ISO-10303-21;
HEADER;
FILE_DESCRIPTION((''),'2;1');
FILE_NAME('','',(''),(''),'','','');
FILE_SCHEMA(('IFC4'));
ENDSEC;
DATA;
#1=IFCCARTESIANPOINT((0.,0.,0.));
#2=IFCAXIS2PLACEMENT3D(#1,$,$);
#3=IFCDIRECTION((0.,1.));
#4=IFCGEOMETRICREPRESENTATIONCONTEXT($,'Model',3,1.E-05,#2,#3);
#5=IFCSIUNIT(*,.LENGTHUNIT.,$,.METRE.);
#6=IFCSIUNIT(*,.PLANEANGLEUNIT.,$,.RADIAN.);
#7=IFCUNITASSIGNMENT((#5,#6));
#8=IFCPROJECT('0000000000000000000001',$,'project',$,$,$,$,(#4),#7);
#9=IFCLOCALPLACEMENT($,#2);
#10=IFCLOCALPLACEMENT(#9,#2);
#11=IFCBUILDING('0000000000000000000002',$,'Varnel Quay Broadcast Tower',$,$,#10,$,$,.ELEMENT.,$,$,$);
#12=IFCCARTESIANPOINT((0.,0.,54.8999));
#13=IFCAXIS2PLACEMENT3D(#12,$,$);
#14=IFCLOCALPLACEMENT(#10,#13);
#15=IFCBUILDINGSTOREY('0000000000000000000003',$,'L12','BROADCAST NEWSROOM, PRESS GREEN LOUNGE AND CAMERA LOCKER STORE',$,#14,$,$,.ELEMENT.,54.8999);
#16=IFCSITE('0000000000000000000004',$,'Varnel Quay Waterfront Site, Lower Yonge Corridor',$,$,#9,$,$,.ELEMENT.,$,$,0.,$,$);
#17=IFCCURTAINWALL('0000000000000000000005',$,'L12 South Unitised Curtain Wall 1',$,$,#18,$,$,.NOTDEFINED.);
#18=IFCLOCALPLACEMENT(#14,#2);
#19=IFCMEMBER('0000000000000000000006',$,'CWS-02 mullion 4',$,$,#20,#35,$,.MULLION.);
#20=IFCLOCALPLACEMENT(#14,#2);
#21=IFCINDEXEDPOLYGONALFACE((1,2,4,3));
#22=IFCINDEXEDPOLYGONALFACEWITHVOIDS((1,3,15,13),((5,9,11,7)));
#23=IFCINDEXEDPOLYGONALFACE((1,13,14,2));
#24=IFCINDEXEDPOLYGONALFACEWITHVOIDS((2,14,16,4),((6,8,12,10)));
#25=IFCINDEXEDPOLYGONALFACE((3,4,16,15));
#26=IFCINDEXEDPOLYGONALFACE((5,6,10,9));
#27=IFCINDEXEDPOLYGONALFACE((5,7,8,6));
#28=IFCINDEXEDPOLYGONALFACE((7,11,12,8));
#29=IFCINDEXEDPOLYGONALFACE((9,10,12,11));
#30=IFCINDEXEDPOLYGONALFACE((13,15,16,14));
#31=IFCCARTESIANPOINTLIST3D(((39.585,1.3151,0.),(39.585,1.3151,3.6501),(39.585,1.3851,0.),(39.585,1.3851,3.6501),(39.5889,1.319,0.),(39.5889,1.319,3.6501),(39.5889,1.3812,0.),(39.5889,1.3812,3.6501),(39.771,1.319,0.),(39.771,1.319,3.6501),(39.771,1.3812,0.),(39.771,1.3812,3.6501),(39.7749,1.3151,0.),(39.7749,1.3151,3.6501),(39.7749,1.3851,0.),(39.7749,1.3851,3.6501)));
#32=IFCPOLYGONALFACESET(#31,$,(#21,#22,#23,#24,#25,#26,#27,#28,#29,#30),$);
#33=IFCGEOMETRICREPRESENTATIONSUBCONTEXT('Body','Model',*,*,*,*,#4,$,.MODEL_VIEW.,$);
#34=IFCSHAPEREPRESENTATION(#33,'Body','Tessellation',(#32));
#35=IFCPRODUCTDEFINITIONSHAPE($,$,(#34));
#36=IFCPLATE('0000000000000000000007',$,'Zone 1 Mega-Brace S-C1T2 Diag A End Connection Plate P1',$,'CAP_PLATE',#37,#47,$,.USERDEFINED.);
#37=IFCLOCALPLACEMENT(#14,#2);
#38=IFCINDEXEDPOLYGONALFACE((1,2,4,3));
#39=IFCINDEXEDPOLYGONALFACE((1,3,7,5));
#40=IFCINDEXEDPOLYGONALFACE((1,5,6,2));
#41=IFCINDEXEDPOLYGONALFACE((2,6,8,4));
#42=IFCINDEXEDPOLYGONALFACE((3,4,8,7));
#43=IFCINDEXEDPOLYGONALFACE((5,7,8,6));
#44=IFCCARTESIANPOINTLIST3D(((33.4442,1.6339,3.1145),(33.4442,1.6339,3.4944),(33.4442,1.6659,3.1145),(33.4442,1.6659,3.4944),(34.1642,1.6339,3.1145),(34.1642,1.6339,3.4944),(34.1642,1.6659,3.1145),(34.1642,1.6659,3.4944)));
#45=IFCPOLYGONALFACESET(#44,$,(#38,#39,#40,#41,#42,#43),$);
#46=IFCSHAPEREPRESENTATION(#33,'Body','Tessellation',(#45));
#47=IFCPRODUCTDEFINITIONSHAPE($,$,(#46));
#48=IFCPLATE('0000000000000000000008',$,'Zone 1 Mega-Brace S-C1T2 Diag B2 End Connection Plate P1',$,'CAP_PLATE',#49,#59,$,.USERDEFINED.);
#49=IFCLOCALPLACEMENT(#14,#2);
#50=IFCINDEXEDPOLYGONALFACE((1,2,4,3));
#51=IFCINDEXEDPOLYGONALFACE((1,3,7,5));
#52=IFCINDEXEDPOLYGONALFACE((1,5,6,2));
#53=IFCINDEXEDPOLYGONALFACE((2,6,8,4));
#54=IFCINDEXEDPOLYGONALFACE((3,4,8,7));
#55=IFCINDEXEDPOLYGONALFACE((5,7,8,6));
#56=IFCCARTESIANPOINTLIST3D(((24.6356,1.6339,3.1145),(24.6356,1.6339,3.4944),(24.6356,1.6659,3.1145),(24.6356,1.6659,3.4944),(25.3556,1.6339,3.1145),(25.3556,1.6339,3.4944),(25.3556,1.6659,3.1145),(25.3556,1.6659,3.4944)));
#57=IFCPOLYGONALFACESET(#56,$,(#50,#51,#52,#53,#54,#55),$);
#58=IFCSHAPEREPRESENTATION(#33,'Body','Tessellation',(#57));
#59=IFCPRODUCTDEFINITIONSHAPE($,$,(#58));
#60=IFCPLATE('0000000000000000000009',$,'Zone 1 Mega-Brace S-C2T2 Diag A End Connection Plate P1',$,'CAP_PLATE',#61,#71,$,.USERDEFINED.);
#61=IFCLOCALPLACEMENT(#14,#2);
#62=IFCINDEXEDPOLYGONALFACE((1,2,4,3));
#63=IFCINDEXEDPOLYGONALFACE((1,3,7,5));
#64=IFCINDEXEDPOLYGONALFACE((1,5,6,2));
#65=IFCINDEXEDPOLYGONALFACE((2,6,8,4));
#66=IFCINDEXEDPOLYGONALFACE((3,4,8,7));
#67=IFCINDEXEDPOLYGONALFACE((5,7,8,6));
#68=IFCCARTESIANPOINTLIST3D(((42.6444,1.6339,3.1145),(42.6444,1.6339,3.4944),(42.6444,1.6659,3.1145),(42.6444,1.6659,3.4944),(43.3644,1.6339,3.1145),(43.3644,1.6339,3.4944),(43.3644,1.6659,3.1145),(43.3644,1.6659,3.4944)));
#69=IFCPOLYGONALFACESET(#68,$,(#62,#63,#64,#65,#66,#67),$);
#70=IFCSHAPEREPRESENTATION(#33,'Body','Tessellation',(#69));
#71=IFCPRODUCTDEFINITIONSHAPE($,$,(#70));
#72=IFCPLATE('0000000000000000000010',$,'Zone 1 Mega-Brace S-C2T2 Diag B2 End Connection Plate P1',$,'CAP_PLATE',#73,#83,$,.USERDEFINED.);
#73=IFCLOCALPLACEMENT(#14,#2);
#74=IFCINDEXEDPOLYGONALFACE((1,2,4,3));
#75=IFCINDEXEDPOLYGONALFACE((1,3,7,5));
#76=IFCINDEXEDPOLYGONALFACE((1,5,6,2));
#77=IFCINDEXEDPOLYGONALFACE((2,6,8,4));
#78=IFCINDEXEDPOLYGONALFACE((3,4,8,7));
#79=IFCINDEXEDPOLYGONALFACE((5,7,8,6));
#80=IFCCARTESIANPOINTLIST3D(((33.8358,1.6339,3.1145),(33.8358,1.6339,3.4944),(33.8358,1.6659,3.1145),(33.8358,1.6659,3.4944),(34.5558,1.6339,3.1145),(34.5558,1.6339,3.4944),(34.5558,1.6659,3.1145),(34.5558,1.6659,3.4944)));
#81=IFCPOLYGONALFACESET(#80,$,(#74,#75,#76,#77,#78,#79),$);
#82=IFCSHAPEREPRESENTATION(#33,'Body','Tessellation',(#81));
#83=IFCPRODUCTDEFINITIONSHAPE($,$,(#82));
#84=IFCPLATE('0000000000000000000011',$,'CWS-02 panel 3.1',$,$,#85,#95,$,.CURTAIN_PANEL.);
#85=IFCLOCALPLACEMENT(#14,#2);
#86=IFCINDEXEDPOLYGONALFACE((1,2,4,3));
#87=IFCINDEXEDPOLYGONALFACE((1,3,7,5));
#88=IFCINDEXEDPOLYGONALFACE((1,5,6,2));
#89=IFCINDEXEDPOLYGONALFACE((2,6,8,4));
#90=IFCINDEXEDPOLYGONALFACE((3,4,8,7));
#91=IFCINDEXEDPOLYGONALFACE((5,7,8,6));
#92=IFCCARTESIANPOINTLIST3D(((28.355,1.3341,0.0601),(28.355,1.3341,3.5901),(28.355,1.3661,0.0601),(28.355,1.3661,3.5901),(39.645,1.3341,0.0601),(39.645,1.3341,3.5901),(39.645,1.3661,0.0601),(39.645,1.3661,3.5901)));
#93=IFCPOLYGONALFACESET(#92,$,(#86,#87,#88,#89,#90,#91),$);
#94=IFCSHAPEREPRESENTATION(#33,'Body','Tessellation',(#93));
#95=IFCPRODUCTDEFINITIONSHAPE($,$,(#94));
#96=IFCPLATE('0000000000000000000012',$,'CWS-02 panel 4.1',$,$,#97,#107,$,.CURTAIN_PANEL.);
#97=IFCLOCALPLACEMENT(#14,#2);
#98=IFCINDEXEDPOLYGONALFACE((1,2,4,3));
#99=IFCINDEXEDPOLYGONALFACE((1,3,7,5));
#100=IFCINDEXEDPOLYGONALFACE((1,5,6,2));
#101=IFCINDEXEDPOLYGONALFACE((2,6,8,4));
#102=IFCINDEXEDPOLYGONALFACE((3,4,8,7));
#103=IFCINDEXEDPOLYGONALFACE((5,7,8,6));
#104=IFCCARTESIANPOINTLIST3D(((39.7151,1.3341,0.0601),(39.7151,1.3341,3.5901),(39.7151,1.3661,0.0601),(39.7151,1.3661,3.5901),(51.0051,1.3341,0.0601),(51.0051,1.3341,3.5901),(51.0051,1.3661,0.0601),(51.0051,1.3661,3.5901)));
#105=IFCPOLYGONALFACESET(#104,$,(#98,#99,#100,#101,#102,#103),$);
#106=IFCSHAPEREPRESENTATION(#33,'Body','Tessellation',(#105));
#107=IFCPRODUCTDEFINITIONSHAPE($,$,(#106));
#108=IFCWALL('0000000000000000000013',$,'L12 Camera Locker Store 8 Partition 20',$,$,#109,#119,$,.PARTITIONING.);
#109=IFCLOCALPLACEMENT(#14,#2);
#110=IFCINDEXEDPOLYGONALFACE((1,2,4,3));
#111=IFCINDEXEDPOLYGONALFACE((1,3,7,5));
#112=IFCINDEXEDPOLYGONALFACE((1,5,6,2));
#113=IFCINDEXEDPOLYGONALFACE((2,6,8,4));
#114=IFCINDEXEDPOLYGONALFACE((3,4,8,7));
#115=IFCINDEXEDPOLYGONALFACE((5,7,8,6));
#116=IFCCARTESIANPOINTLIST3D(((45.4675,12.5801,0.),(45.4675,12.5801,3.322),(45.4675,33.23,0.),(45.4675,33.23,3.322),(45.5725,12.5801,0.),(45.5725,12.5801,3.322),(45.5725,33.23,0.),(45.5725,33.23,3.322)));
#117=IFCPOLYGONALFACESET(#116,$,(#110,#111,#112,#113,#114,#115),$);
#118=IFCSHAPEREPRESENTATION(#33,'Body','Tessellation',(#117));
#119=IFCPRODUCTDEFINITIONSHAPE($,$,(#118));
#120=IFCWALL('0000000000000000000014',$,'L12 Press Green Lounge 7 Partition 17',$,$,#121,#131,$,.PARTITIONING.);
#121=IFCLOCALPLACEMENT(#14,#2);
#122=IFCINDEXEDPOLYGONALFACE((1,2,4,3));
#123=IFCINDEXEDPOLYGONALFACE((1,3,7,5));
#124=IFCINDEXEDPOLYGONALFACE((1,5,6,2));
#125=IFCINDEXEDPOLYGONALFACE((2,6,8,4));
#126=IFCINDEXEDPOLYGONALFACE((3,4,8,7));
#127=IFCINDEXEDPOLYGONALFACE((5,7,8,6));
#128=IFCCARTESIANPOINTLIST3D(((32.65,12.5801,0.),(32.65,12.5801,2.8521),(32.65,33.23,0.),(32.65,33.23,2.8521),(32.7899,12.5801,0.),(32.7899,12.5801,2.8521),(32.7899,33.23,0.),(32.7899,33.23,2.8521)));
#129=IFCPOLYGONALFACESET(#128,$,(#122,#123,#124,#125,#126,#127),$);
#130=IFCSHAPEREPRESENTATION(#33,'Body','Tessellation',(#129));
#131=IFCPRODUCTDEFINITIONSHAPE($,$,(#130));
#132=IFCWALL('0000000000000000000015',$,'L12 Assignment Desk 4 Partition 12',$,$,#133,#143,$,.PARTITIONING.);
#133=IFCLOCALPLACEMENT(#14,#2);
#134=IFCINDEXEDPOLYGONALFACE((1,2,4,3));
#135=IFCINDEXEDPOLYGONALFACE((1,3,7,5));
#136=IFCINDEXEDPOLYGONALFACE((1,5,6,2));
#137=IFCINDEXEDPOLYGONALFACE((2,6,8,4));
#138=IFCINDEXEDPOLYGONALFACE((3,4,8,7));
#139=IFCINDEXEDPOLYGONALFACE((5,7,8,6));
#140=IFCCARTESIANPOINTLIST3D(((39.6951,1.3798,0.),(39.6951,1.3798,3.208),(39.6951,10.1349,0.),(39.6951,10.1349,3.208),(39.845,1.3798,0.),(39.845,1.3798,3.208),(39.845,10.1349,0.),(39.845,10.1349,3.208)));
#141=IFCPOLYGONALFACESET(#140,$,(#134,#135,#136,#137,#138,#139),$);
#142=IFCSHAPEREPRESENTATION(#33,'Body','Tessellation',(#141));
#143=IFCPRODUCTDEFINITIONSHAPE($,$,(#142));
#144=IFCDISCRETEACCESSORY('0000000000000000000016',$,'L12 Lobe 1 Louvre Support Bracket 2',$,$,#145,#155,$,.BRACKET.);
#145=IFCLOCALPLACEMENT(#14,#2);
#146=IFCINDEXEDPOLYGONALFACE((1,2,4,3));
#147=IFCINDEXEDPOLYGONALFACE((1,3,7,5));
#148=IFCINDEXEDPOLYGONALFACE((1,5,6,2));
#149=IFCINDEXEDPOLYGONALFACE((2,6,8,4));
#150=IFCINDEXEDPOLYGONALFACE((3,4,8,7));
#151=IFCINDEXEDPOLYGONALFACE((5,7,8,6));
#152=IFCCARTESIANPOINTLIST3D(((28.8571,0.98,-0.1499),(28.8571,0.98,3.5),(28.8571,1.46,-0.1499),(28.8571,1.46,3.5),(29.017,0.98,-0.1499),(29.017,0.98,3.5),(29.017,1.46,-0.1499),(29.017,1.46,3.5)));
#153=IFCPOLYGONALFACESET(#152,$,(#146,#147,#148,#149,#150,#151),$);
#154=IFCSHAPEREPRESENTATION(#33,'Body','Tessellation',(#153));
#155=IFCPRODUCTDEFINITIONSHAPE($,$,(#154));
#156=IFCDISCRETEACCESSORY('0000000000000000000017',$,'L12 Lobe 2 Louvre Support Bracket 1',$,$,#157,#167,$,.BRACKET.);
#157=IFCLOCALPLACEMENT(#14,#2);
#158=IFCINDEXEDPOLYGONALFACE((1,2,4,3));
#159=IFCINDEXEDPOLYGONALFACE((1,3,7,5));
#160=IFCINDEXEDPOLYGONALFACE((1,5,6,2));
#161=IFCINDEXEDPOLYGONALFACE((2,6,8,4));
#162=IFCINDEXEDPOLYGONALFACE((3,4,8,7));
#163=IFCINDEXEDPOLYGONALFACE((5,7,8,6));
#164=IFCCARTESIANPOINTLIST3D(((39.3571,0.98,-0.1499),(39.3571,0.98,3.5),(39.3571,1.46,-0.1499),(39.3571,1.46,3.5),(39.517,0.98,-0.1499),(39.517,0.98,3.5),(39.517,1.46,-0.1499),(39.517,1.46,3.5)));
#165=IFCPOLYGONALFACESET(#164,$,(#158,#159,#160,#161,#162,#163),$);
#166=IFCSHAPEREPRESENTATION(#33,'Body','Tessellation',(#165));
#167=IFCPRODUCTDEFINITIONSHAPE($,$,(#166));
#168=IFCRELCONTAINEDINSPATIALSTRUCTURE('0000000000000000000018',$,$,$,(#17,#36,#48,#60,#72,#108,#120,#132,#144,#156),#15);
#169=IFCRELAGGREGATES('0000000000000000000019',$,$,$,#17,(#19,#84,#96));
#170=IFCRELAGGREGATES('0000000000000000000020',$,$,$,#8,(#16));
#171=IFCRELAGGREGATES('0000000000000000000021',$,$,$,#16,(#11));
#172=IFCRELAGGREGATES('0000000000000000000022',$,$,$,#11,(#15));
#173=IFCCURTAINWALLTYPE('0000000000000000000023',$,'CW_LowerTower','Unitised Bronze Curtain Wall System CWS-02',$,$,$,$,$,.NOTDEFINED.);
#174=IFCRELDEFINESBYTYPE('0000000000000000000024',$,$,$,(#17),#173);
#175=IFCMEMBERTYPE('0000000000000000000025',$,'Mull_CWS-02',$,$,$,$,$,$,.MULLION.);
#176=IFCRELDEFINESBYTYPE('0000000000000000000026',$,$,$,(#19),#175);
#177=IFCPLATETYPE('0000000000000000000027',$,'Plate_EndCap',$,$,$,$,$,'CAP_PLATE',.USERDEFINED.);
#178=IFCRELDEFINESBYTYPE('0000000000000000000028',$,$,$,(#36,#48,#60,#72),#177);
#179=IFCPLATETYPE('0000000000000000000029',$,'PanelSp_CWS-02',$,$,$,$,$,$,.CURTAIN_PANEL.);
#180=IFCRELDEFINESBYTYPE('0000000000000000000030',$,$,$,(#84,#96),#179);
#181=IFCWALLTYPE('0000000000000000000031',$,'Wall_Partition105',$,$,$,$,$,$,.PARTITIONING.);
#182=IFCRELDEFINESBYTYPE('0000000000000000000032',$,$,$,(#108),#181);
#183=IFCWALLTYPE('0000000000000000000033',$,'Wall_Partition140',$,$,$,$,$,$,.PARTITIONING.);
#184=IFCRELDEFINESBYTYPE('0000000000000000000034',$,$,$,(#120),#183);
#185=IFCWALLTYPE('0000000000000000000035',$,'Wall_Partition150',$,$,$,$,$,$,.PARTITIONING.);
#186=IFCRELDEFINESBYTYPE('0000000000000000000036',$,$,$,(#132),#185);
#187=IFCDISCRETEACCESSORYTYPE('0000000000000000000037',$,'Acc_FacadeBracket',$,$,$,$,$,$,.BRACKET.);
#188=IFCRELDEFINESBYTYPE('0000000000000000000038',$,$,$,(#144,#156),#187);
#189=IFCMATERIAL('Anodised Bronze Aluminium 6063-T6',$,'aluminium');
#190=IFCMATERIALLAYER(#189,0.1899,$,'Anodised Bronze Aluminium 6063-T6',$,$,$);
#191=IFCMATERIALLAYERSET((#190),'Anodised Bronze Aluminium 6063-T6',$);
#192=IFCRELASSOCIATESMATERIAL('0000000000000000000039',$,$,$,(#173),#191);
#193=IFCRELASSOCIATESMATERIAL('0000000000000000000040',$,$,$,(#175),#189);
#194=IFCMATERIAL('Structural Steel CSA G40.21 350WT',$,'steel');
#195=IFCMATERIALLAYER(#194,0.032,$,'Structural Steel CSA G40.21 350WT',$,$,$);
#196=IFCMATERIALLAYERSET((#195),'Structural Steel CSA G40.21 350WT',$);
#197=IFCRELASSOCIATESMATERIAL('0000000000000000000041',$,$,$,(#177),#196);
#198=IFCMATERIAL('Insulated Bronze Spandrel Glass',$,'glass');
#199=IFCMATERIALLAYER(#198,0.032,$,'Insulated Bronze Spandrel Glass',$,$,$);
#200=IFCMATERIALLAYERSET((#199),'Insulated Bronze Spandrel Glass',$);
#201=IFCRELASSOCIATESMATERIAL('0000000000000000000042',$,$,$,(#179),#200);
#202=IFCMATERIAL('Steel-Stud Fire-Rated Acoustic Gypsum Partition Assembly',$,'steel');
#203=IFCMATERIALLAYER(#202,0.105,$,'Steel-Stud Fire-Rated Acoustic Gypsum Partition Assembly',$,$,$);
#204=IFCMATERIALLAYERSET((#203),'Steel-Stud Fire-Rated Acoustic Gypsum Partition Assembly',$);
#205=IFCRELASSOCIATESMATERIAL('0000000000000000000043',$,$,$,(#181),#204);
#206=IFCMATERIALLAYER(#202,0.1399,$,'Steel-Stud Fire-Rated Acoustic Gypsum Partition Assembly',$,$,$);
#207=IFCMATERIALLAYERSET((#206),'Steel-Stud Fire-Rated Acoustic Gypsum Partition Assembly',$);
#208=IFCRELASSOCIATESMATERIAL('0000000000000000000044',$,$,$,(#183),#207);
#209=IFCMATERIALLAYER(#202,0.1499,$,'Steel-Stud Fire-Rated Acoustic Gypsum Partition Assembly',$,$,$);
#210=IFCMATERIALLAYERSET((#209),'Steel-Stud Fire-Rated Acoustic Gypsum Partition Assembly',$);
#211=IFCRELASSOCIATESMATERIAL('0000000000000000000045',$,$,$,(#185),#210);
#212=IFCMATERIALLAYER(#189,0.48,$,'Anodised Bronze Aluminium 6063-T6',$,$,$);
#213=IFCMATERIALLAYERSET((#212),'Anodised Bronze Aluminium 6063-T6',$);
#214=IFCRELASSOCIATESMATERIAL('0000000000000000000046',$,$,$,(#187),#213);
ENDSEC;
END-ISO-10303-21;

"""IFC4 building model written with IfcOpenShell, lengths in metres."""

from ifc_helpers import new_model, si_unit, direction, frame, frame_2d, origin, origin_2d, place, context, subcontext, project, spatial, rectangle, hollow_rectangle, extrude, source, transform, mapped, material, layer, layer_set, material_profile, profile_set, type_object, type_shapes, element, aggregate, save


model = new_model("IFC4")

# Units and contexts
model_context = context("Model", 3, precision=1e-05, world=origin(), true_north=direction((0.0, 1.0)))
body_context = subcontext(model_context, "Body", "Model", "MODEL_VIEW")
ifc_project = project(units=[si_unit("LENGTHUNIT", "METRE"), si_unit("PLANEANGLEUNIT", "RADIAN")], contexts=[model_context])

# Site, building, storey
site_placement = place(None, origin())
site = spatial("IfcSite", under=ifc_project, at=site_placement, Name="Varnel Quay Waterfront Site, Lower Yonge Corridor", CompositionType="ELEMENT", RefElevation=0.0)
building_placement = place(site_placement, origin())
building = spatial("IfcBuilding", under=site, at=building_placement, Name="Varnel Quay Broadcast Tower", CompositionType="ELEMENT")
storey_placement = place(building_placement, frame((0.0, 0.0, 54.8999)))
storey = spatial("IfcBuildingStorey", under=building, at=storey_placement, Name="L12", Description="BROADCAST NEWSROOM, PRESS GREEN LOUNGE AND CAMERA LOCKER STORE", CompositionType="ELEMENT", Elevation=54.8999)

# Curtain wall, member
ifc_material_1 = material(Name="Anodised Bronze Aluminium 6063-T6", Category="aluminium")
ifc_layer_1 = layer(ifc_material_1, 0.1899, Name="Anodised Bronze Aluminium 6063-T6")
ifc_layer_set_1 = layer_set([ifc_layer_1], Name="Anodised Bronze Aluminium 6063-T6")
curtain_wall_type = type_object("IfcCurtainWallType", Name="CW_LowerTower", Description="Unitised Bronze Curtain Wall System CWS-02", PredefinedType="NOTDEFINED", material=ifc_layer_set_1)
curtain_wall_placement = place(storey_placement, origin())
curtain_wall = element("IfcCurtainWall", 1, at=curtain_wall_placement, inside=storey, type_object=curtain_wall_type, Name="L12 South Unitised Curtain Wall 1", PredefinedType="NOTDEFINED")
ifc_material_profile_1 = material_profile(ifc_material_1, hollow_rectangle(XDim=0.0701, YDim=0.1899, WallThickness=0.0039, at=origin_2d()), Name="ALU70X190X4")
ifc_profile_set_1 = profile_set([ifc_material_profile_1], Name="Anodised Bronze Aluminium 6063-T6")
member_type_1 = type_object("IfcMemberType", Name="Mull_CWS-02", PredefinedType="MULLION", material=ifc_profile_set_1)
shared_shape_1 = source(origin(), body_context, "Body", "SweptSolid", [
    extrude(hollow_rectangle(XDim=0.0701, YDim=0.1899, WallThickness=0.0039, at=origin_2d()), origin(), (0.0, 0.0, 1.0), 3.6501),
])
type_shapes(member_type_1, [shared_shape_1])
member_1_placement = place(storey_placement, frame((39.6799, 1.3501, 0.0), z_axis=(0.0, 0.0, 1.0), x_axis=(0.0, 1.0, 0.0)))
member_1 = element("IfcMember", 2, at=member_1_placement, type_object=member_type_1, Name="CWS-02 mullion 4", PredefinedType="MULLION", context=body_context, shape_type="MappedRepresentation", body=[
    mapped(shared_shape_1, transform((0.0, 0.0, 0.0), x_axis=(1.0, 0.0, 0.0), y_axis=(0.0, 1.0, 0.0), z_axis=(0.0, 0.0, 1.0), scale=1.0)),
])

# Plates
ifc_material_2 = material(Name="Structural Steel CSA G40.21 350WT", Category="steel")
ifc_layer_2 = layer(ifc_material_2, 0.032, Name="Structural Steel CSA G40.21 350WT")
ifc_layer_set_2 = layer_set([ifc_layer_2], Name="Structural Steel CSA G40.21 350WT")
plate_type_1 = type_object("IfcPlateType", Name="Plate_EndCap", ElementType="CAP_PLATE", PredefinedType="USERDEFINED", material=ifc_layer_set_2)
shared_shape_2 = source(origin(), body_context, "Body", "SweptSolid", [
    extrude(rectangle(XDim=0.72, YDim=0.032, at=origin_2d()), origin(), (0.0, 0.0, 1.0), 0.3799),
])
type_shapes(plate_type_1, [shared_shape_2])
for number, where, z_axis, x_axis, name in (
    (3, (33.8042, 1.6499, 3.1145), (0.0, 0.0, 1.0), (1.0, 0.0, 0.0), "Zone 1 Mega-Brace S-C1T2 Diag A End Connection Plate P1"),
    (4, (24.9956, 1.6499, 3.1145), (0.0, 0.0, 1.0), (1.0, 0.0, 0.0), "Zone 1 Mega-Brace S-C1T2 Diag B2 End Connection Plate P1"),
    (5, (43.0044, 1.6499, 3.1145), (0.0, 0.0, 1.0), (1.0, 0.0, 0.0), "Zone 1 Mega-Brace S-C2T2 Diag A End Connection Plate P1"),
    (6, (34.1958, 1.6499, 3.1145), (0.0, 0.0, 1.0), (1.0, 0.0, 0.0), "Zone 1 Mega-Brace S-C2T2 Diag B2 End Connection Plate P1"),
):
    element("IfcPlate", number, at=place(storey_placement, frame(where, z_axis=z_axis, x_axis=x_axis)), inside=storey, type_object=plate_type_1, Name=name, ObjectType="CAP_PLATE", PredefinedType="USERDEFINED", context=body_context, shape_type="MappedRepresentation", body=[
        mapped(shared_shape_2, transform((0.0, 0.0, 0.0), x_axis=(1.0, 0.0, 0.0), y_axis=(0.0, 1.0, 0.0), z_axis=(0.0, 0.0, 1.0), scale=1.0)),
    ])

# Plates
ifc_material_3 = material(Name="Insulated Bronze Spandrel Glass", Category="glass")
ifc_layer_3 = layer(ifc_material_3, 0.032, Name="Insulated Bronze Spandrel Glass")
ifc_layer_set_3 = layer_set([ifc_layer_3], Name="Insulated Bronze Spandrel Glass")
plate_type_2 = type_object("IfcPlateType", Name="PanelSp_CWS-02", PredefinedType="CURTAIN_PANEL", material=ifc_layer_set_3)
shared_shape_3 = source(origin(), body_context, "Body", "SweptSolid", [
    extrude(rectangle(XDim=11.29, YDim=0.032, at=origin_2d()), origin(), (0.0, 0.0, 1.0), 3.53),
])
type_shapes(plate_type_2, [shared_shape_3])
plate_1_placement = place(storey_placement, frame((34.0, 1.3501, 0.0601), z_axis=(0.0, 0.0, 1.0), x_axis=(1.0, 0.0, 0.0)))
plate_1 = element("IfcPlate", 7, at=plate_1_placement, type_object=plate_type_2, Name="CWS-02 panel 3.1", PredefinedType="CURTAIN_PANEL", context=body_context, shape_type="MappedRepresentation", body=[
    mapped(shared_shape_3, transform((0.0, 0.0, 0.0), x_axis=(1.0, 0.0, 0.0), y_axis=(0.0, 1.0, 0.0), z_axis=(0.0, 0.0, 1.0), scale=1.0)),
])
plate_2_placement = place(storey_placement, frame((45.3601, 1.3501, 0.0601), z_axis=(0.0, 0.0, 1.0), x_axis=(1.0, 0.0, 0.0)))
plate_2 = element("IfcPlate", 8, at=plate_2_placement, type_object=plate_type_2, Name="CWS-02 panel 4.1", PredefinedType="CURTAIN_PANEL", context=body_context, shape_type="MappedRepresentation", body=[
    mapped(shared_shape_3, transform((0.0, 0.0, 0.0), x_axis=(1.0, 0.0, 0.0), y_axis=(0.0, 1.0, 0.0), z_axis=(0.0, 0.0, 1.0), scale=1.0)),
])
aggregate(curtain_wall, [member_1, plate_1, plate_2])

# Walls
ifc_material_4 = material(Name="Steel-Stud Fire-Rated Acoustic Gypsum Partition Assembly", Category="steel")
ifc_layer_4 = layer(ifc_material_4, 0.105, Name="Steel-Stud Fire-Rated Acoustic Gypsum Partition Assembly")
ifc_layer_set_4 = layer_set([ifc_layer_4], Name="Steel-Stud Fire-Rated Acoustic Gypsum Partition Assembly")
wall_type_1 = type_object("IfcWallType", Name="Wall_Partition105", PredefinedType="PARTITIONING", material=ifc_layer_set_4)
wall_1_placement = place(storey_placement, frame((45.52, 12.5801, 0.0), z_axis=(0.0, 0.0, 1.0), x_axis=(0.0, 1.0, 0.0)))
element("IfcWall", 9, at=wall_1_placement, inside=storey, type_object=wall_type_1, Name="L12 Camera Locker Store 8 Partition 20", PredefinedType="PARTITIONING", context=body_context, shape_type="SweptSolid", body=[
    extrude(rectangle(XDim=20.6499, YDim=0.105, at=frame_2d((10.325, 0.0))), origin(), (0.0, 0.0, 1.0), 3.322),
])
ifc_layer_5 = layer(ifc_material_4, 0.1399, Name="Steel-Stud Fire-Rated Acoustic Gypsum Partition Assembly")
ifc_layer_set_5 = layer_set([ifc_layer_5], Name="Steel-Stud Fire-Rated Acoustic Gypsum Partition Assembly")
wall_type_2 = type_object("IfcWallType", Name="Wall_Partition140", PredefinedType="PARTITIONING", material=ifc_layer_set_5)
wall_2_placement = place(storey_placement, frame((32.72, 12.5801, 0.0), z_axis=(0.0, 0.0, 1.0), x_axis=(0.0, 1.0, 0.0)))
element("IfcWall", 10, at=wall_2_placement, inside=storey, type_object=wall_type_2, Name="L12 Press Green Lounge 7 Partition 17", PredefinedType="PARTITIONING", context=body_context, shape_type="SweptSolid", body=[
    extrude(rectangle(XDim=20.6499, YDim=0.1399, at=frame_2d((10.325, 0.0))), origin(), (0.0, 0.0, 1.0), 2.8521),
])
ifc_layer_6 = layer(ifc_material_4, 0.1499, Name="Steel-Stud Fire-Rated Acoustic Gypsum Partition Assembly")
ifc_layer_set_6 = layer_set([ifc_layer_6], Name="Steel-Stud Fire-Rated Acoustic Gypsum Partition Assembly")
wall_type_3 = type_object("IfcWallType", Name="Wall_Partition150", PredefinedType="PARTITIONING", material=ifc_layer_set_6)
wall_3_placement = place(storey_placement, frame((39.77, 1.3799, 0.0), z_axis=(0.0, 0.0, 1.0), x_axis=(0.0, 1.0, 0.0)))
element("IfcWall", 11, at=wall_3_placement, inside=storey, type_object=wall_type_3, Name="L12 Assignment Desk 4 Partition 12", PredefinedType="PARTITIONING", context=body_context, shape_type="SweptSolid", body=[
    extrude(rectangle(XDim=8.7551, YDim=0.1499, at=frame_2d((4.3774, 0.0))), origin(), (0.0, 0.0, 1.0), 3.208),
])

# Discrete accessories
ifc_layer_7 = layer(ifc_material_1, 0.48, Name="Anodised Bronze Aluminium 6063-T6")
ifc_layer_set_7 = layer_set([ifc_layer_7], Name="Anodised Bronze Aluminium 6063-T6")
discrete_accessory_type = type_object("IfcDiscreteAccessoryType", Name="Acc_FacadeBracket", PredefinedType="BRACKET", material=ifc_layer_set_7)
shared_shape_4 = source(origin(), body_context, "Body", "SweptSolid", [
    extrude(rectangle(XDim=0.1599, YDim=0.48, at=origin_2d()), origin(), (0.0, 0.0, 1.0), 3.6499),
])
type_shapes(discrete_accessory_type, [shared_shape_4])
for number, where, z_axis, x_axis, name in (
    (12, (28.937, 1.22, -0.1499), (0.0, 0.0, 1.0), (1.0, 0.0, 0.0), "L12 Lobe 1 Louvre Support Bracket 2"),
    (13, (39.437, 1.22, -0.1499), (0.0, 0.0, 1.0), (1.0, 0.0, 0.0), "L12 Lobe 2 Louvre Support Bracket 1"),
):
    element("IfcDiscreteAccessory", number, at=place(storey_placement, frame(where, z_axis=z_axis, x_axis=x_axis)), inside=storey, type_object=discrete_accessory_type, Name=name, PredefinedType="BRACKET", context=body_context, shape_type="MappedRepresentation", body=[
        mapped(shared_shape_4, transform((0.0, 0.0, 0.0), x_axis=(1.0, 0.0, 0.0), y_axis=(0.0, 1.0, 0.0), z_axis=(0.0, 0.0, 1.0), scale=1.0)),
    ])

save(model, "model.ifc")
